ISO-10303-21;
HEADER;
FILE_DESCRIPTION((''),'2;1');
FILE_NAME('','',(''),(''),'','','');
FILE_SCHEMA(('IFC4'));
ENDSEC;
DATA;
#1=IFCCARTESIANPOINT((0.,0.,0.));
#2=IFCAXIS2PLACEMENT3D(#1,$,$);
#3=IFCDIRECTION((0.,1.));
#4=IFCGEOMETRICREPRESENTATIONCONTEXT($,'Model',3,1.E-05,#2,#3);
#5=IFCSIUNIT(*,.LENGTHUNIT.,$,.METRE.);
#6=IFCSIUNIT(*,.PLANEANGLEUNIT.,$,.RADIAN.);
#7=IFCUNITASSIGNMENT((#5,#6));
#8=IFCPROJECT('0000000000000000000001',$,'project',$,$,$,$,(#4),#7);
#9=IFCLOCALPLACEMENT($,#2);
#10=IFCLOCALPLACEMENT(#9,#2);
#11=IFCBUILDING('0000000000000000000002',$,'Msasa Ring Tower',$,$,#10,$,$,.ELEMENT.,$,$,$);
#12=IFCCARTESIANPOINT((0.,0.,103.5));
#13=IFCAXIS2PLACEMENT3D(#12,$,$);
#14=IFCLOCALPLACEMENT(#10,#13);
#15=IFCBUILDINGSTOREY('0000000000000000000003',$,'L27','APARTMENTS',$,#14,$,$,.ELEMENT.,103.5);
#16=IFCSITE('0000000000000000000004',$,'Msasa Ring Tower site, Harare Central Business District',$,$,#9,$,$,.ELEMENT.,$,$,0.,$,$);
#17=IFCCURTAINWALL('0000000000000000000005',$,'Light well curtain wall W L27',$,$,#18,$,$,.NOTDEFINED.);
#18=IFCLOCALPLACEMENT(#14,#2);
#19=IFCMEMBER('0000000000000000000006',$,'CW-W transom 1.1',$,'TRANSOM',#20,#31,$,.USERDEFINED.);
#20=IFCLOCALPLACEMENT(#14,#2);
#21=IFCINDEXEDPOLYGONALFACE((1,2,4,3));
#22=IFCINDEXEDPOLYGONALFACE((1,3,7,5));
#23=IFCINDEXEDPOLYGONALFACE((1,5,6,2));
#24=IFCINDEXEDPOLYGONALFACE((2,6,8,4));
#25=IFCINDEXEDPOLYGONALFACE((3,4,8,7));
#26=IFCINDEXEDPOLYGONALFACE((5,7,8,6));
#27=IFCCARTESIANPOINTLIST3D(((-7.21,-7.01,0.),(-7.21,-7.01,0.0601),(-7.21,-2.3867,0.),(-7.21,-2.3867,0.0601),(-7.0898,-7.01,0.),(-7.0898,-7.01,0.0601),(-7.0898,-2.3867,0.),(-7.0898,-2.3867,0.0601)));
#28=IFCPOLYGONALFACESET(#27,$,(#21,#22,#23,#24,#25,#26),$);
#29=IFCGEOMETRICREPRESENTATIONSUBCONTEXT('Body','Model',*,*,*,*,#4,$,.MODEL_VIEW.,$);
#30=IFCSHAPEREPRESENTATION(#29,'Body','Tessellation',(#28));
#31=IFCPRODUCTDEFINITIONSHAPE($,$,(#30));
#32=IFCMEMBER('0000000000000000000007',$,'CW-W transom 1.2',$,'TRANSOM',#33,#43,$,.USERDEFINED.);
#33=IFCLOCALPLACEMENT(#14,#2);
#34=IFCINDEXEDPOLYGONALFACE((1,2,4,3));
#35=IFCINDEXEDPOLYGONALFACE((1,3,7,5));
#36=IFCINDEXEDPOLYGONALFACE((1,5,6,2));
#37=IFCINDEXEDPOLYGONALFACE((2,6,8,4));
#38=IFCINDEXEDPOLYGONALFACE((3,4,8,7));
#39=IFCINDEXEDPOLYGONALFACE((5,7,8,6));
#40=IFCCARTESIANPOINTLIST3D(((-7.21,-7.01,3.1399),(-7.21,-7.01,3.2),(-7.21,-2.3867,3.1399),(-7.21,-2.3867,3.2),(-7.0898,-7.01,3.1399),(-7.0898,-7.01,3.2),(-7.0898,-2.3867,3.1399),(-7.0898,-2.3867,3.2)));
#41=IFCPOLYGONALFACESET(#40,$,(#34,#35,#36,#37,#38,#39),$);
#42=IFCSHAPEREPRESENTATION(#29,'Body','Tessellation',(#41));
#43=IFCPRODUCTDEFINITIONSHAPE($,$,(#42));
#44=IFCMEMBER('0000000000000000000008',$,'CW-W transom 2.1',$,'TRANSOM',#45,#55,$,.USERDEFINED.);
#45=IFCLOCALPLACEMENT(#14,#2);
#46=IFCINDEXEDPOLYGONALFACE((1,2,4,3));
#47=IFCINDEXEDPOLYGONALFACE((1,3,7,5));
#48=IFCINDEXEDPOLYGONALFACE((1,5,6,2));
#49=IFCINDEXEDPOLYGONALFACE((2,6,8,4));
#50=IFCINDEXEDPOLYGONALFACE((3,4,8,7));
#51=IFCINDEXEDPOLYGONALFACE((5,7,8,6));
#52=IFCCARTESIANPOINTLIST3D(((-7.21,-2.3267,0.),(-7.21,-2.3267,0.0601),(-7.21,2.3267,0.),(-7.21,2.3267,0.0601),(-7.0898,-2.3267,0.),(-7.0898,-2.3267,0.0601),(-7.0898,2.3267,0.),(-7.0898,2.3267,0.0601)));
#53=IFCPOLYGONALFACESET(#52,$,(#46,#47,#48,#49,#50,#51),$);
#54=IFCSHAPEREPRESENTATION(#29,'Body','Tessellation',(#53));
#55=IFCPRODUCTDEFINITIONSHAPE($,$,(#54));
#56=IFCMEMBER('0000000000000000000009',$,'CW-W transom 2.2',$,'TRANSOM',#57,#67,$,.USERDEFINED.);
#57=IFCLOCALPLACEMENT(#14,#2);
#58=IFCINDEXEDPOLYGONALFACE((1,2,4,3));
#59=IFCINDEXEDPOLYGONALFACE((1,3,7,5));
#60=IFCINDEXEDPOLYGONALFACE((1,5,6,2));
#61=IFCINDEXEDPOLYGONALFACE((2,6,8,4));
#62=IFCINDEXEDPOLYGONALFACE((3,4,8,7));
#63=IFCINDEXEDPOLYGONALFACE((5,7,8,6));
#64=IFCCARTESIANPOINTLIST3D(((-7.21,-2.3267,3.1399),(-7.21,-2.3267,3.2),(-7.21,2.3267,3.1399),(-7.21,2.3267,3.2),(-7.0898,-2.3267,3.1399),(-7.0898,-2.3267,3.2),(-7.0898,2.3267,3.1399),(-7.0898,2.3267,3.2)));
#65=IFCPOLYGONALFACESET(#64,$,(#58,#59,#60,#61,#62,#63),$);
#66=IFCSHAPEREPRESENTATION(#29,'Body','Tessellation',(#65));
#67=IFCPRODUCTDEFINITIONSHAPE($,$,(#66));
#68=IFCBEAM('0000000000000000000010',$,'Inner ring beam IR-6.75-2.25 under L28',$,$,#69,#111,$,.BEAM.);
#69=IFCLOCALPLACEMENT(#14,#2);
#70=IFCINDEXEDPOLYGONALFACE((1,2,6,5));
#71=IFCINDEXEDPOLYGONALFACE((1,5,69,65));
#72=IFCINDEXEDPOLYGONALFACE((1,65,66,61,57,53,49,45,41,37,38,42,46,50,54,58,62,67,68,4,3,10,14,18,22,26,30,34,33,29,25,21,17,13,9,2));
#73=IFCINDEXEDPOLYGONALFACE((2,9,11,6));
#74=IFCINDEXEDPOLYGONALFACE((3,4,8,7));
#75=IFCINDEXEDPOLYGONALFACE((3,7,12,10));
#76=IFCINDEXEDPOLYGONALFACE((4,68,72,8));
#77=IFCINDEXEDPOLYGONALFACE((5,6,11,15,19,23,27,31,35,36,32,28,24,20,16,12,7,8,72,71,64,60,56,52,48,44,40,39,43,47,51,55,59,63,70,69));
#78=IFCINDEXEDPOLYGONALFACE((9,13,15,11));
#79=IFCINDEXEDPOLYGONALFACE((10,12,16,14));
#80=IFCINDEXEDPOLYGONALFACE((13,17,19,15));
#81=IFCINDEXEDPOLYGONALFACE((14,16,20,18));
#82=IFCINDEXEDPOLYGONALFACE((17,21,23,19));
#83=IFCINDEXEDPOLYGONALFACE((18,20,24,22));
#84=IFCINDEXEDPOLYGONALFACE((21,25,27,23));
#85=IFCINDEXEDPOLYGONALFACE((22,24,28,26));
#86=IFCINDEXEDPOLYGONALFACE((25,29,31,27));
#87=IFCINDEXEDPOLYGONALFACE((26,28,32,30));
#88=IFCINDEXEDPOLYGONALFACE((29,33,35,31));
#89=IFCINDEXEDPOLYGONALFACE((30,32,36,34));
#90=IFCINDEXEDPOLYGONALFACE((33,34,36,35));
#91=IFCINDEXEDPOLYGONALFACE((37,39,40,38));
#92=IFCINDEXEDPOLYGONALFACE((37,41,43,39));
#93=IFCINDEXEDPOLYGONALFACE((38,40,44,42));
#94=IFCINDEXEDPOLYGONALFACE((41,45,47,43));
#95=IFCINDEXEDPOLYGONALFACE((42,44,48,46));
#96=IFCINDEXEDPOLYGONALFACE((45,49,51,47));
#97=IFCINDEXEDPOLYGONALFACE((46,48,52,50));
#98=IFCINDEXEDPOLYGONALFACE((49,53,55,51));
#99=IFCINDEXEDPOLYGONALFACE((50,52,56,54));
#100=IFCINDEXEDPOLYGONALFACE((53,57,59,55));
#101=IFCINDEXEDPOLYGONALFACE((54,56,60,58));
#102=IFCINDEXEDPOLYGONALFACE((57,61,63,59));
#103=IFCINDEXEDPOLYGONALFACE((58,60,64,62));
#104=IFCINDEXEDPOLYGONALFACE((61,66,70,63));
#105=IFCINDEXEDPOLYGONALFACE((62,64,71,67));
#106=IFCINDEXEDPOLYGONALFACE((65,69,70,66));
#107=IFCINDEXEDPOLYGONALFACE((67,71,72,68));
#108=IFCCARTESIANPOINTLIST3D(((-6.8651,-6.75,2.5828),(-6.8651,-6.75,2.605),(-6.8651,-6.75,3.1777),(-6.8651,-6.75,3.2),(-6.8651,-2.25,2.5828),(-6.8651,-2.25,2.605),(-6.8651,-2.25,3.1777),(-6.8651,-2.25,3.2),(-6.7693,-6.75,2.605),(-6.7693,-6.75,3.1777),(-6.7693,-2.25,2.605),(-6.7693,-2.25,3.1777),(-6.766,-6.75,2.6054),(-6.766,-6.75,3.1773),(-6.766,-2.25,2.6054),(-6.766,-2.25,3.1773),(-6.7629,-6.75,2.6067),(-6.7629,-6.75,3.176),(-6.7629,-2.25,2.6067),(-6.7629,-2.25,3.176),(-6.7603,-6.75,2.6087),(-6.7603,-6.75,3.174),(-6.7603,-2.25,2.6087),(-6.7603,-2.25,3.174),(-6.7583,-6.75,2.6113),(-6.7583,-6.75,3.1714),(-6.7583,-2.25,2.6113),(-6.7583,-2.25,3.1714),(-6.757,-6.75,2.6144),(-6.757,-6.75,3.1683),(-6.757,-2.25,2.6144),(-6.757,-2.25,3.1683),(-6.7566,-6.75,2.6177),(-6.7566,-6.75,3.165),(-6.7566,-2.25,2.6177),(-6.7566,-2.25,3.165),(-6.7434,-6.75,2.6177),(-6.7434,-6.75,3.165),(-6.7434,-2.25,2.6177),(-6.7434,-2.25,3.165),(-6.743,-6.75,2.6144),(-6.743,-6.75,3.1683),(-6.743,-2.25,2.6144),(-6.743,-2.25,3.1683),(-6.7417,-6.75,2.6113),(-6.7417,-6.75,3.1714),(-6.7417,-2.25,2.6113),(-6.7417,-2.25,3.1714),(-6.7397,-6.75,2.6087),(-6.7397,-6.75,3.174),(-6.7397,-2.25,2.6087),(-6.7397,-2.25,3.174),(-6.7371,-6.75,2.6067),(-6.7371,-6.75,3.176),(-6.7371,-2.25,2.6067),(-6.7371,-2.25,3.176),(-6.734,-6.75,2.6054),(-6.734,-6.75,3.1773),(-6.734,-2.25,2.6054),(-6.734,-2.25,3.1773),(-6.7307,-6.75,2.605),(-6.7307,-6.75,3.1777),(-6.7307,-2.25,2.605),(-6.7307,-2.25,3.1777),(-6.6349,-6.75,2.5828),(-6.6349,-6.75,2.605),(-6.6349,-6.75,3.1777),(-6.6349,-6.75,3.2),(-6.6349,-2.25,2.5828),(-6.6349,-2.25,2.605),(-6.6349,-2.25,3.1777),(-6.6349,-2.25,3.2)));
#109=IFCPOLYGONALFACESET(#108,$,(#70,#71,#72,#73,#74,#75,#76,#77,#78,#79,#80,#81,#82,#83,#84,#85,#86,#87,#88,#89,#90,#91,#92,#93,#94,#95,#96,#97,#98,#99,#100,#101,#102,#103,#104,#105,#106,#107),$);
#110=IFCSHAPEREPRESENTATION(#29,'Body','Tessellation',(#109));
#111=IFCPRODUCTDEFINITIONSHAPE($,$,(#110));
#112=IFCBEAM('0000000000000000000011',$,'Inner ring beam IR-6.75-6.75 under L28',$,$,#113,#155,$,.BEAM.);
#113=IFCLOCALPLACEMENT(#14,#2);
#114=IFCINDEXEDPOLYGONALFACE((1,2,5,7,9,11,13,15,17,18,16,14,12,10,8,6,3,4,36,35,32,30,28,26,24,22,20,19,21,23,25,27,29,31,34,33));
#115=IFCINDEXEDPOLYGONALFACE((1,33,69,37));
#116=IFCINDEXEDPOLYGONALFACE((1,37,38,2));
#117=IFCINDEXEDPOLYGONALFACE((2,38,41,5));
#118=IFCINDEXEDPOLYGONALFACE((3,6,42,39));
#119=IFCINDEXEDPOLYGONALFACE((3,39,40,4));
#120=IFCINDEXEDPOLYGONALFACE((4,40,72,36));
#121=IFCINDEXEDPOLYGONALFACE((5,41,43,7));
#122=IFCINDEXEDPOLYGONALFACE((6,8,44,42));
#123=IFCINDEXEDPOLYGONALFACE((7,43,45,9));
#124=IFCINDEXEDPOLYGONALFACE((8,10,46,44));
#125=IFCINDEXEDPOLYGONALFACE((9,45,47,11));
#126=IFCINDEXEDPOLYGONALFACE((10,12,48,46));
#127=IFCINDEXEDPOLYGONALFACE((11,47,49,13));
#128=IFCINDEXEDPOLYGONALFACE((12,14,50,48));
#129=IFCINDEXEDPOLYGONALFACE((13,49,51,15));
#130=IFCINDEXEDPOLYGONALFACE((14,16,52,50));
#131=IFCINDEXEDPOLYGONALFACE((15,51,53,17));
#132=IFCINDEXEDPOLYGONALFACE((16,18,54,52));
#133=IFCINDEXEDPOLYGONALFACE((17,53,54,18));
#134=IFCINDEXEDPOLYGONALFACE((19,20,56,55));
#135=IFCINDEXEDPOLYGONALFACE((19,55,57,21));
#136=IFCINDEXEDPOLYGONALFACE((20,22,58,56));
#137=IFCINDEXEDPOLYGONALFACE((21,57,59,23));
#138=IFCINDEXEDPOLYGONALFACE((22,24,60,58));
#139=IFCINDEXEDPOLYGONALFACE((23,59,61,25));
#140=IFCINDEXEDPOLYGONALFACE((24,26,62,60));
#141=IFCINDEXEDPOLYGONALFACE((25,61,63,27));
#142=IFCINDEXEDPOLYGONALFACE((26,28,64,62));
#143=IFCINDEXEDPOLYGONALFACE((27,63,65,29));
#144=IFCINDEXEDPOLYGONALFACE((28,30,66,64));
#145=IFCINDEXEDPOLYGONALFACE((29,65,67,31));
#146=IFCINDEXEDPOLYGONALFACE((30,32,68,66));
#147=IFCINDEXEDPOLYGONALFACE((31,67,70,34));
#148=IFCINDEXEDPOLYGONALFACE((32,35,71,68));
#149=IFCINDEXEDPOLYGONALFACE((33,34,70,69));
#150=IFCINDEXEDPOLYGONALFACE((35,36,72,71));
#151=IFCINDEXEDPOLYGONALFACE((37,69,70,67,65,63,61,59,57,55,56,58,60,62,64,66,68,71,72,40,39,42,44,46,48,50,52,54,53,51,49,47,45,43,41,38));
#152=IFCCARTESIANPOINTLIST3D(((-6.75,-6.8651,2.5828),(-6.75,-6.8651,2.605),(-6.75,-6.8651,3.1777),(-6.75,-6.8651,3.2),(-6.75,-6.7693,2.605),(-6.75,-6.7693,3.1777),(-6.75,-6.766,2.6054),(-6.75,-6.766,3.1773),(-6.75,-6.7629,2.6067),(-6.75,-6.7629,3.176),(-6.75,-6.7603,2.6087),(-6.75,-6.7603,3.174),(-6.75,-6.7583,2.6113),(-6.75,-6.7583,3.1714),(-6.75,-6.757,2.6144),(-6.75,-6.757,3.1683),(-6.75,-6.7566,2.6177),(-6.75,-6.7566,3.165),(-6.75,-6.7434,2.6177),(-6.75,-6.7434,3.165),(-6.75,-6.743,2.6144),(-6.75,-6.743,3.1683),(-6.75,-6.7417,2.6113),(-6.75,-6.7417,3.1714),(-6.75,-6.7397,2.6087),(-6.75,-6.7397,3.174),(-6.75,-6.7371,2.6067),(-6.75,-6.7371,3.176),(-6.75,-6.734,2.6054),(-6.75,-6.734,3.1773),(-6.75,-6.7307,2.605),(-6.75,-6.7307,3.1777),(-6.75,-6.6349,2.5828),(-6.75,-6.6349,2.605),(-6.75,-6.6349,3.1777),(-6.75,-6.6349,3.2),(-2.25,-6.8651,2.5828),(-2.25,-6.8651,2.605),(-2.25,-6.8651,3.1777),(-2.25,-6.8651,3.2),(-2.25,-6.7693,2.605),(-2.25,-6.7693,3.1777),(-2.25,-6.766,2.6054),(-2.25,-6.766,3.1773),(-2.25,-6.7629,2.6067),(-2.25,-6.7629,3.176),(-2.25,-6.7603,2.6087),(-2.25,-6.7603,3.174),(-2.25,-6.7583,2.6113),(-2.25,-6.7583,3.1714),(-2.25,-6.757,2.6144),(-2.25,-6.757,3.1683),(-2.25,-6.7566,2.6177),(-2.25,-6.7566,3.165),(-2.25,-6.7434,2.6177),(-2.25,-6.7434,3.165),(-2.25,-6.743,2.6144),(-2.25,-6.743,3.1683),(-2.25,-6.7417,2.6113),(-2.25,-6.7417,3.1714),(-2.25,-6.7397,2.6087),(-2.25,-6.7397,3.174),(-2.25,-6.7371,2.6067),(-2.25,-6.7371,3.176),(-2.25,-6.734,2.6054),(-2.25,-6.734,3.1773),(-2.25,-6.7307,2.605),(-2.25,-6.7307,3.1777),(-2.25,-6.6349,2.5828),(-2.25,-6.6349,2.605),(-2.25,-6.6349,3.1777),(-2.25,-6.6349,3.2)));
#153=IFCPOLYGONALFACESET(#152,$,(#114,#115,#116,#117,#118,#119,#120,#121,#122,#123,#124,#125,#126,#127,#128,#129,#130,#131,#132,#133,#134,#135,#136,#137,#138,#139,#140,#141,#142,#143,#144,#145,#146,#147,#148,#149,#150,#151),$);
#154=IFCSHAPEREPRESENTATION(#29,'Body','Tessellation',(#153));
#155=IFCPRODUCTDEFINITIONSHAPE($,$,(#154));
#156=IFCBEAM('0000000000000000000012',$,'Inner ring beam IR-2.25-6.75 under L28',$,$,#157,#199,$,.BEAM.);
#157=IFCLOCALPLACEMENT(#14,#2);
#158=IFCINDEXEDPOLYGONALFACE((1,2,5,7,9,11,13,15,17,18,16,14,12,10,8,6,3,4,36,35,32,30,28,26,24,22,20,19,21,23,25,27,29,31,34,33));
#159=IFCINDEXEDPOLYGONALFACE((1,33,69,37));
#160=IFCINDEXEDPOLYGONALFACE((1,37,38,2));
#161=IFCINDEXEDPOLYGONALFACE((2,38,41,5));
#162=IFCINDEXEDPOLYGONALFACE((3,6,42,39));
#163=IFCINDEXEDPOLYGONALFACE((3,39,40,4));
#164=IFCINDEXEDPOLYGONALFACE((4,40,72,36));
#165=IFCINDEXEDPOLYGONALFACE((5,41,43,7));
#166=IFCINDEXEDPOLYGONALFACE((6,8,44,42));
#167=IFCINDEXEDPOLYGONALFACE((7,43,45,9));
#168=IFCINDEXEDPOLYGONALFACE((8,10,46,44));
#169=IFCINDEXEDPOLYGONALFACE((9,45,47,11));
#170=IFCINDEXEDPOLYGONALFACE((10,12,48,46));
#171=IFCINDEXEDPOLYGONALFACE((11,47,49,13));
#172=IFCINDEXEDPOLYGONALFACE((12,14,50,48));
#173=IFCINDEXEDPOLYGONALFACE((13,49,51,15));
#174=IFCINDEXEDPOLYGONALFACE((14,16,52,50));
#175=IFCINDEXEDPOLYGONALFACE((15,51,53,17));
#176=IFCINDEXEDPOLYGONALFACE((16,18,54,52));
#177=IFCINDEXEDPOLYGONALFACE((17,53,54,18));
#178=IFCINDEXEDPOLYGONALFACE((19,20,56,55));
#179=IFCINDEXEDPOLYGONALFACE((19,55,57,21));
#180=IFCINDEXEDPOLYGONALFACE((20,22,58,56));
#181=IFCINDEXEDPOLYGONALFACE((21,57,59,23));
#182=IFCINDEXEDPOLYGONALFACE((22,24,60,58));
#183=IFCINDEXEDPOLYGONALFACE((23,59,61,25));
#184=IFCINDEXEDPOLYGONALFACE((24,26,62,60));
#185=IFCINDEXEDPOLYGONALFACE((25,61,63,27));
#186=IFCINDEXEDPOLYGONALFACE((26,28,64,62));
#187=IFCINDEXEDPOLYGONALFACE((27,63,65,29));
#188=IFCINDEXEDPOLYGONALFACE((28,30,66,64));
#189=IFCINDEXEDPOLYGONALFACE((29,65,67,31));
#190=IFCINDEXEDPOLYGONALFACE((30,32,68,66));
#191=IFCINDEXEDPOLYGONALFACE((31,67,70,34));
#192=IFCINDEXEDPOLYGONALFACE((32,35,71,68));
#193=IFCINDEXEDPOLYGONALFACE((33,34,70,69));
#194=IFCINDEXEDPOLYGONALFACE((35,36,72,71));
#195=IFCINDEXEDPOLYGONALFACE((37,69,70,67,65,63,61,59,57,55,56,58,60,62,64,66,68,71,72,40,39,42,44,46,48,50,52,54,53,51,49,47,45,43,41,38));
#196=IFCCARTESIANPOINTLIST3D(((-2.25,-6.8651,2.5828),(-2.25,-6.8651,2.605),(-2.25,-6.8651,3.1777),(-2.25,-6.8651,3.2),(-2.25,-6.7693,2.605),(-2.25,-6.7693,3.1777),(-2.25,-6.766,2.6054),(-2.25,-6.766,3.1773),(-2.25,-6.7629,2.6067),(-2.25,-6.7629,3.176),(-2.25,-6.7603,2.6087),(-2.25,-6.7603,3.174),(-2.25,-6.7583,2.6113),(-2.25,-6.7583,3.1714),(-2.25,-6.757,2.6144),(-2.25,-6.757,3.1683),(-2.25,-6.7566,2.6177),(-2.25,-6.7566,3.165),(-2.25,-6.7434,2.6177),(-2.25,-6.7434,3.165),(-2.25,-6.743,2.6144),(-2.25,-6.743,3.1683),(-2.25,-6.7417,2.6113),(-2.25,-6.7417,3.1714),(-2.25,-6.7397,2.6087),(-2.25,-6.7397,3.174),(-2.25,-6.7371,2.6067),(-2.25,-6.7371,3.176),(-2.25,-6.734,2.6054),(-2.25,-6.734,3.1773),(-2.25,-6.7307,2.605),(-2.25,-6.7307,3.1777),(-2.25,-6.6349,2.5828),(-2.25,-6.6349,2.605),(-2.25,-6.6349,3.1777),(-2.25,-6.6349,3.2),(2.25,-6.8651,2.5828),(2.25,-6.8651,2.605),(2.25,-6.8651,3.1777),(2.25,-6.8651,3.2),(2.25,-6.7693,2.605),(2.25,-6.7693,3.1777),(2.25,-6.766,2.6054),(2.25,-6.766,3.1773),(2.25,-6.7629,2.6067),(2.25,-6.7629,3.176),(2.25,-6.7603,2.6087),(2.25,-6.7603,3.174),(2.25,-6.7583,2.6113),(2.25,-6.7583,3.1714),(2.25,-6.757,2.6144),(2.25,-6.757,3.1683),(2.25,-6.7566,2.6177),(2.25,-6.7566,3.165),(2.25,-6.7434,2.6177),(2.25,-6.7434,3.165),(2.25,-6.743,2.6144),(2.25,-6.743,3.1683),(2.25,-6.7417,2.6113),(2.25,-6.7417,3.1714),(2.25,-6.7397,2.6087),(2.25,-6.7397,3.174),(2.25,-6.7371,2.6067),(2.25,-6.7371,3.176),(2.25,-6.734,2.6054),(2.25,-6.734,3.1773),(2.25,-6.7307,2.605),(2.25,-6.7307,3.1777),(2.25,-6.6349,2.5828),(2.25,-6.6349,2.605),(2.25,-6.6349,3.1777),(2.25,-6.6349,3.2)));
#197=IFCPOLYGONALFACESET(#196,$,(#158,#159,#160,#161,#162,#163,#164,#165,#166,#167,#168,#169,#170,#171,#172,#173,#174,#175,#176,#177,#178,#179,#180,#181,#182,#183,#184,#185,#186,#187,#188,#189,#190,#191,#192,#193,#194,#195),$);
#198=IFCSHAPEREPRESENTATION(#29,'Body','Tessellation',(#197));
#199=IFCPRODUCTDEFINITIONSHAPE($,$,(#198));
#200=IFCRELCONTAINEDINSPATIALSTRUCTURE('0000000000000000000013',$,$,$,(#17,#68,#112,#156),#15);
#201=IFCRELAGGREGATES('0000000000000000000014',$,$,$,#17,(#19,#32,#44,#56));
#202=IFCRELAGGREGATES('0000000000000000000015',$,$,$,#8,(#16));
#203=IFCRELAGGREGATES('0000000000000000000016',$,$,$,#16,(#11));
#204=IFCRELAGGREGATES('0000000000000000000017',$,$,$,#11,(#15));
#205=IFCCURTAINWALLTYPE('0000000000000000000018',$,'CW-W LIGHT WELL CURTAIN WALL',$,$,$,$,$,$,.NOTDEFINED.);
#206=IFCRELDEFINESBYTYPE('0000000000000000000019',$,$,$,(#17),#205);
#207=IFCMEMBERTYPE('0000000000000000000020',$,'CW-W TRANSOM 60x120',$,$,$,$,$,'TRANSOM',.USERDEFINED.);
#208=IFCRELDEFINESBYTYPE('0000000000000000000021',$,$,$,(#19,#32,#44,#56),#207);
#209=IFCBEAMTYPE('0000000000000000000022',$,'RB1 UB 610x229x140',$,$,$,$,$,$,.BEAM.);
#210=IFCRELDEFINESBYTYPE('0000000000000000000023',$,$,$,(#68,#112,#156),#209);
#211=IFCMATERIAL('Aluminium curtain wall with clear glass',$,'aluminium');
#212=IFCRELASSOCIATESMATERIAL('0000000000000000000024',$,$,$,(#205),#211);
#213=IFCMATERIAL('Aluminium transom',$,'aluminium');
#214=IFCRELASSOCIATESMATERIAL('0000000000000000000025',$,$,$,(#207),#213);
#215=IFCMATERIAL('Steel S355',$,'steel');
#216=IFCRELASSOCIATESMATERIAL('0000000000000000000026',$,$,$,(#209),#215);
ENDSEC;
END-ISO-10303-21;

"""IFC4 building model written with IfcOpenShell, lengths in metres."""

from ifc_helpers import new_model, si_unit, direction, frame, origin, origin_2d, place, context, subcontext, project, spatial, rectangle, i_section, extrude, material, material_profile, profile_set, type_object, element, aggregate, save


model = new_model("IFC4")

# Units and contexts
model_context = context("Model", 3, precision=1e-05, world=origin(), true_north=direction((0.0, 1.0)))
body_context = subcontext(model_context, "Body", "Model", "MODEL_VIEW")
ifc_project = project(units=[si_unit("LENGTHUNIT", "METRE"), si_unit("PLANEANGLEUNIT", "RADIAN")], contexts=[model_context])

# Site, building, storey
site_placement = place(None, origin())
site = spatial("IfcSite", under=ifc_project, at=site_placement, Name="Msasa Ring Tower site, Harare Central Business District", CompositionType="ELEMENT", RefElevation=0.0)
building_placement = place(site_placement, origin())
building = spatial("IfcBuilding", under=site, at=building_placement, Name="Msasa Ring Tower", CompositionType="ELEMENT")
storey_placement = place(building_placement, frame((0.0, 0.0, 103.5)))
storey = spatial("IfcBuildingStorey", under=building, at=storey_placement, Name="L27", Description="APARTMENTS", CompositionType="ELEMENT", Elevation=103.5)

# Shared definitions
ifc_material_1 = material(Name="Aluminium curtain wall with clear glass", Category="aluminium")
curtain_wall_type = type_object("IfcCurtainWallType", Name="CW-W LIGHT WELL CURTAIN WALL", PredefinedType="NOTDEFINED", material=ifc_material_1)

# Curtain wall
curtain_wall_1_placement = place(storey_placement, origin())
curtain_wall_1 = element("IfcCurtainWall", 1, at=curtain_wall_1_placement, inside=storey, type_object=curtain_wall_type, Name="Light well curtain wall W L27", PredefinedType="NOTDEFINED")

# Members
ifc_material_2 = material(Name="Aluminium transom", Category="aluminium")
ifc_material_profile_1 = material_profile(ifc_material_2, rectangle(XDim=0.1201, YDim=0.0601, at=origin_2d()), Name="AL 60x120")
ifc_profile_set_1 = profile_set([ifc_material_profile_1], Name="Aluminium transom")
member_type_1 = type_object("IfcMemberType", Name="CW-W TRANSOM 60x120", ElementType="TRANSOM", PredefinedType="USERDEFINED", material=ifc_profile_set_1)
member_1_placement = place(storey_placement, frame((-7.1499, -7.01, 0.03), z_axis=(0.0, 1.0, 0.0), x_axis=(-1.0, 0.0, 0.0)))
member_1 = element("IfcMember", 2, at=member_1_placement, type_object=member_type_1, Name="CW-W transom 1.1", ObjectType="TRANSOM", PredefinedType="USERDEFINED", context=body_context, shape_type="SweptSolid", body=[
    extrude(rectangle(XDim=0.1201, YDim=0.0601, at=origin_2d()), origin(), (0.0, 0.0, 1.0), 4.6233),
])
member_2_placement = place(storey_placement, frame((-7.1499, -7.01, 3.1699), z_axis=(0.0, 1.0, 0.0), x_axis=(-1.0, 0.0, 0.0)))
member_2 = element("IfcMember", 3, at=member_2_placement, type_object=member_type_1, Name="CW-W transom 1.2", ObjectType="TRANSOM", PredefinedType="USERDEFINED", context=body_context, shape_type="SweptSolid", body=[
    extrude(rectangle(XDim=0.1201, YDim=0.0601, at=origin_2d()), origin(), (0.0, 0.0, 1.0), 4.6233),
])
member_3_placement = place(storey_placement, frame((-7.1499, -2.3267, 0.03), z_axis=(0.0, 1.0, 0.0), x_axis=(-1.0, 0.0, 0.0)))
member_3 = element("IfcMember", 4, at=member_3_placement, type_object=member_type_1, Name="CW-W transom 2.1", ObjectType="TRANSOM", PredefinedType="USERDEFINED", context=body_context, shape_type="SweptSolid", body=[
    extrude(rectangle(XDim=0.1201, YDim=0.0601, at=origin_2d()), origin(), (0.0, 0.0, 1.0), 4.6533),
])
member_4_placement = place(storey_placement, frame((-7.1499, -2.3267, 3.1699), z_axis=(0.0, 1.0, 0.0), x_axis=(-1.0, 0.0, 0.0)))
member_4 = element("IfcMember", 5, at=member_4_placement, type_object=member_type_1, Name="CW-W transom 2.2", ObjectType="TRANSOM", PredefinedType="USERDEFINED", context=body_context, shape_type="SweptSolid", body=[
    extrude(rectangle(XDim=0.1201, YDim=0.0601, at=origin_2d()), origin(), (0.0, 0.0, 1.0), 4.6533),
])

# Beams
ifc_material_3 = material(Name="Steel S355", Category="steel")
ifc_material_profile_2 = material_profile(ifc_material_3, i_section(OverallWidth=0.2302, OverallDepth=0.6172, WebThickness=0.0132, FlangeThickness=0.0222, FilletRadius=0.0127, at=origin_2d()), Name="UB 610x229x140")
ifc_profile_set_2 = profile_set([ifc_material_profile_2], Name="Steel S355")
beam_type_1 = type_object("IfcBeamType", Name="RB1 UB 610x229x140", PredefinedType="BEAM", material=ifc_profile_set_2)
for number, where, z_axis, x_axis, name in (
    (6, (-6.75, -2.25, 2.8914), (0.0, -1.0, 0.0), (1.0, 0.0, 0.0), "Inner ring beam IR-6.75-2.25 under L28"),
    (7, (-6.75, -6.75, 2.8914), (1.0, 0.0, 0.0), (0.0, 1.0, 0.0), "Inner ring beam IR-6.75-6.75 under L28"),
    (8, (-2.25, -6.75, 2.8914), (1.0, 0.0, 0.0), (0.0, 1.0, 0.0), "Inner ring beam IR-2.25-6.75 under L28"),
):
    element("IfcBeam", number, at=place(storey_placement, frame(where, z_axis=z_axis, x_axis=x_axis)), inside=storey, type_object=beam_type_1, Name=name, PredefinedType="BEAM", context=body_context, shape_type="SweptSolid", body=[
        extrude(i_section(OverallWidth=0.2302, OverallDepth=0.6172, WebThickness=0.0132, FlangeThickness=0.0222, FilletRadius=0.0127, at=origin_2d()), origin(), (0.0, 0.0, 1.0), 4.5),
    ])

aggregate(curtain_wall_1, [member_1, member_2, member_3, member_4])

save(model, "model.ifc")
